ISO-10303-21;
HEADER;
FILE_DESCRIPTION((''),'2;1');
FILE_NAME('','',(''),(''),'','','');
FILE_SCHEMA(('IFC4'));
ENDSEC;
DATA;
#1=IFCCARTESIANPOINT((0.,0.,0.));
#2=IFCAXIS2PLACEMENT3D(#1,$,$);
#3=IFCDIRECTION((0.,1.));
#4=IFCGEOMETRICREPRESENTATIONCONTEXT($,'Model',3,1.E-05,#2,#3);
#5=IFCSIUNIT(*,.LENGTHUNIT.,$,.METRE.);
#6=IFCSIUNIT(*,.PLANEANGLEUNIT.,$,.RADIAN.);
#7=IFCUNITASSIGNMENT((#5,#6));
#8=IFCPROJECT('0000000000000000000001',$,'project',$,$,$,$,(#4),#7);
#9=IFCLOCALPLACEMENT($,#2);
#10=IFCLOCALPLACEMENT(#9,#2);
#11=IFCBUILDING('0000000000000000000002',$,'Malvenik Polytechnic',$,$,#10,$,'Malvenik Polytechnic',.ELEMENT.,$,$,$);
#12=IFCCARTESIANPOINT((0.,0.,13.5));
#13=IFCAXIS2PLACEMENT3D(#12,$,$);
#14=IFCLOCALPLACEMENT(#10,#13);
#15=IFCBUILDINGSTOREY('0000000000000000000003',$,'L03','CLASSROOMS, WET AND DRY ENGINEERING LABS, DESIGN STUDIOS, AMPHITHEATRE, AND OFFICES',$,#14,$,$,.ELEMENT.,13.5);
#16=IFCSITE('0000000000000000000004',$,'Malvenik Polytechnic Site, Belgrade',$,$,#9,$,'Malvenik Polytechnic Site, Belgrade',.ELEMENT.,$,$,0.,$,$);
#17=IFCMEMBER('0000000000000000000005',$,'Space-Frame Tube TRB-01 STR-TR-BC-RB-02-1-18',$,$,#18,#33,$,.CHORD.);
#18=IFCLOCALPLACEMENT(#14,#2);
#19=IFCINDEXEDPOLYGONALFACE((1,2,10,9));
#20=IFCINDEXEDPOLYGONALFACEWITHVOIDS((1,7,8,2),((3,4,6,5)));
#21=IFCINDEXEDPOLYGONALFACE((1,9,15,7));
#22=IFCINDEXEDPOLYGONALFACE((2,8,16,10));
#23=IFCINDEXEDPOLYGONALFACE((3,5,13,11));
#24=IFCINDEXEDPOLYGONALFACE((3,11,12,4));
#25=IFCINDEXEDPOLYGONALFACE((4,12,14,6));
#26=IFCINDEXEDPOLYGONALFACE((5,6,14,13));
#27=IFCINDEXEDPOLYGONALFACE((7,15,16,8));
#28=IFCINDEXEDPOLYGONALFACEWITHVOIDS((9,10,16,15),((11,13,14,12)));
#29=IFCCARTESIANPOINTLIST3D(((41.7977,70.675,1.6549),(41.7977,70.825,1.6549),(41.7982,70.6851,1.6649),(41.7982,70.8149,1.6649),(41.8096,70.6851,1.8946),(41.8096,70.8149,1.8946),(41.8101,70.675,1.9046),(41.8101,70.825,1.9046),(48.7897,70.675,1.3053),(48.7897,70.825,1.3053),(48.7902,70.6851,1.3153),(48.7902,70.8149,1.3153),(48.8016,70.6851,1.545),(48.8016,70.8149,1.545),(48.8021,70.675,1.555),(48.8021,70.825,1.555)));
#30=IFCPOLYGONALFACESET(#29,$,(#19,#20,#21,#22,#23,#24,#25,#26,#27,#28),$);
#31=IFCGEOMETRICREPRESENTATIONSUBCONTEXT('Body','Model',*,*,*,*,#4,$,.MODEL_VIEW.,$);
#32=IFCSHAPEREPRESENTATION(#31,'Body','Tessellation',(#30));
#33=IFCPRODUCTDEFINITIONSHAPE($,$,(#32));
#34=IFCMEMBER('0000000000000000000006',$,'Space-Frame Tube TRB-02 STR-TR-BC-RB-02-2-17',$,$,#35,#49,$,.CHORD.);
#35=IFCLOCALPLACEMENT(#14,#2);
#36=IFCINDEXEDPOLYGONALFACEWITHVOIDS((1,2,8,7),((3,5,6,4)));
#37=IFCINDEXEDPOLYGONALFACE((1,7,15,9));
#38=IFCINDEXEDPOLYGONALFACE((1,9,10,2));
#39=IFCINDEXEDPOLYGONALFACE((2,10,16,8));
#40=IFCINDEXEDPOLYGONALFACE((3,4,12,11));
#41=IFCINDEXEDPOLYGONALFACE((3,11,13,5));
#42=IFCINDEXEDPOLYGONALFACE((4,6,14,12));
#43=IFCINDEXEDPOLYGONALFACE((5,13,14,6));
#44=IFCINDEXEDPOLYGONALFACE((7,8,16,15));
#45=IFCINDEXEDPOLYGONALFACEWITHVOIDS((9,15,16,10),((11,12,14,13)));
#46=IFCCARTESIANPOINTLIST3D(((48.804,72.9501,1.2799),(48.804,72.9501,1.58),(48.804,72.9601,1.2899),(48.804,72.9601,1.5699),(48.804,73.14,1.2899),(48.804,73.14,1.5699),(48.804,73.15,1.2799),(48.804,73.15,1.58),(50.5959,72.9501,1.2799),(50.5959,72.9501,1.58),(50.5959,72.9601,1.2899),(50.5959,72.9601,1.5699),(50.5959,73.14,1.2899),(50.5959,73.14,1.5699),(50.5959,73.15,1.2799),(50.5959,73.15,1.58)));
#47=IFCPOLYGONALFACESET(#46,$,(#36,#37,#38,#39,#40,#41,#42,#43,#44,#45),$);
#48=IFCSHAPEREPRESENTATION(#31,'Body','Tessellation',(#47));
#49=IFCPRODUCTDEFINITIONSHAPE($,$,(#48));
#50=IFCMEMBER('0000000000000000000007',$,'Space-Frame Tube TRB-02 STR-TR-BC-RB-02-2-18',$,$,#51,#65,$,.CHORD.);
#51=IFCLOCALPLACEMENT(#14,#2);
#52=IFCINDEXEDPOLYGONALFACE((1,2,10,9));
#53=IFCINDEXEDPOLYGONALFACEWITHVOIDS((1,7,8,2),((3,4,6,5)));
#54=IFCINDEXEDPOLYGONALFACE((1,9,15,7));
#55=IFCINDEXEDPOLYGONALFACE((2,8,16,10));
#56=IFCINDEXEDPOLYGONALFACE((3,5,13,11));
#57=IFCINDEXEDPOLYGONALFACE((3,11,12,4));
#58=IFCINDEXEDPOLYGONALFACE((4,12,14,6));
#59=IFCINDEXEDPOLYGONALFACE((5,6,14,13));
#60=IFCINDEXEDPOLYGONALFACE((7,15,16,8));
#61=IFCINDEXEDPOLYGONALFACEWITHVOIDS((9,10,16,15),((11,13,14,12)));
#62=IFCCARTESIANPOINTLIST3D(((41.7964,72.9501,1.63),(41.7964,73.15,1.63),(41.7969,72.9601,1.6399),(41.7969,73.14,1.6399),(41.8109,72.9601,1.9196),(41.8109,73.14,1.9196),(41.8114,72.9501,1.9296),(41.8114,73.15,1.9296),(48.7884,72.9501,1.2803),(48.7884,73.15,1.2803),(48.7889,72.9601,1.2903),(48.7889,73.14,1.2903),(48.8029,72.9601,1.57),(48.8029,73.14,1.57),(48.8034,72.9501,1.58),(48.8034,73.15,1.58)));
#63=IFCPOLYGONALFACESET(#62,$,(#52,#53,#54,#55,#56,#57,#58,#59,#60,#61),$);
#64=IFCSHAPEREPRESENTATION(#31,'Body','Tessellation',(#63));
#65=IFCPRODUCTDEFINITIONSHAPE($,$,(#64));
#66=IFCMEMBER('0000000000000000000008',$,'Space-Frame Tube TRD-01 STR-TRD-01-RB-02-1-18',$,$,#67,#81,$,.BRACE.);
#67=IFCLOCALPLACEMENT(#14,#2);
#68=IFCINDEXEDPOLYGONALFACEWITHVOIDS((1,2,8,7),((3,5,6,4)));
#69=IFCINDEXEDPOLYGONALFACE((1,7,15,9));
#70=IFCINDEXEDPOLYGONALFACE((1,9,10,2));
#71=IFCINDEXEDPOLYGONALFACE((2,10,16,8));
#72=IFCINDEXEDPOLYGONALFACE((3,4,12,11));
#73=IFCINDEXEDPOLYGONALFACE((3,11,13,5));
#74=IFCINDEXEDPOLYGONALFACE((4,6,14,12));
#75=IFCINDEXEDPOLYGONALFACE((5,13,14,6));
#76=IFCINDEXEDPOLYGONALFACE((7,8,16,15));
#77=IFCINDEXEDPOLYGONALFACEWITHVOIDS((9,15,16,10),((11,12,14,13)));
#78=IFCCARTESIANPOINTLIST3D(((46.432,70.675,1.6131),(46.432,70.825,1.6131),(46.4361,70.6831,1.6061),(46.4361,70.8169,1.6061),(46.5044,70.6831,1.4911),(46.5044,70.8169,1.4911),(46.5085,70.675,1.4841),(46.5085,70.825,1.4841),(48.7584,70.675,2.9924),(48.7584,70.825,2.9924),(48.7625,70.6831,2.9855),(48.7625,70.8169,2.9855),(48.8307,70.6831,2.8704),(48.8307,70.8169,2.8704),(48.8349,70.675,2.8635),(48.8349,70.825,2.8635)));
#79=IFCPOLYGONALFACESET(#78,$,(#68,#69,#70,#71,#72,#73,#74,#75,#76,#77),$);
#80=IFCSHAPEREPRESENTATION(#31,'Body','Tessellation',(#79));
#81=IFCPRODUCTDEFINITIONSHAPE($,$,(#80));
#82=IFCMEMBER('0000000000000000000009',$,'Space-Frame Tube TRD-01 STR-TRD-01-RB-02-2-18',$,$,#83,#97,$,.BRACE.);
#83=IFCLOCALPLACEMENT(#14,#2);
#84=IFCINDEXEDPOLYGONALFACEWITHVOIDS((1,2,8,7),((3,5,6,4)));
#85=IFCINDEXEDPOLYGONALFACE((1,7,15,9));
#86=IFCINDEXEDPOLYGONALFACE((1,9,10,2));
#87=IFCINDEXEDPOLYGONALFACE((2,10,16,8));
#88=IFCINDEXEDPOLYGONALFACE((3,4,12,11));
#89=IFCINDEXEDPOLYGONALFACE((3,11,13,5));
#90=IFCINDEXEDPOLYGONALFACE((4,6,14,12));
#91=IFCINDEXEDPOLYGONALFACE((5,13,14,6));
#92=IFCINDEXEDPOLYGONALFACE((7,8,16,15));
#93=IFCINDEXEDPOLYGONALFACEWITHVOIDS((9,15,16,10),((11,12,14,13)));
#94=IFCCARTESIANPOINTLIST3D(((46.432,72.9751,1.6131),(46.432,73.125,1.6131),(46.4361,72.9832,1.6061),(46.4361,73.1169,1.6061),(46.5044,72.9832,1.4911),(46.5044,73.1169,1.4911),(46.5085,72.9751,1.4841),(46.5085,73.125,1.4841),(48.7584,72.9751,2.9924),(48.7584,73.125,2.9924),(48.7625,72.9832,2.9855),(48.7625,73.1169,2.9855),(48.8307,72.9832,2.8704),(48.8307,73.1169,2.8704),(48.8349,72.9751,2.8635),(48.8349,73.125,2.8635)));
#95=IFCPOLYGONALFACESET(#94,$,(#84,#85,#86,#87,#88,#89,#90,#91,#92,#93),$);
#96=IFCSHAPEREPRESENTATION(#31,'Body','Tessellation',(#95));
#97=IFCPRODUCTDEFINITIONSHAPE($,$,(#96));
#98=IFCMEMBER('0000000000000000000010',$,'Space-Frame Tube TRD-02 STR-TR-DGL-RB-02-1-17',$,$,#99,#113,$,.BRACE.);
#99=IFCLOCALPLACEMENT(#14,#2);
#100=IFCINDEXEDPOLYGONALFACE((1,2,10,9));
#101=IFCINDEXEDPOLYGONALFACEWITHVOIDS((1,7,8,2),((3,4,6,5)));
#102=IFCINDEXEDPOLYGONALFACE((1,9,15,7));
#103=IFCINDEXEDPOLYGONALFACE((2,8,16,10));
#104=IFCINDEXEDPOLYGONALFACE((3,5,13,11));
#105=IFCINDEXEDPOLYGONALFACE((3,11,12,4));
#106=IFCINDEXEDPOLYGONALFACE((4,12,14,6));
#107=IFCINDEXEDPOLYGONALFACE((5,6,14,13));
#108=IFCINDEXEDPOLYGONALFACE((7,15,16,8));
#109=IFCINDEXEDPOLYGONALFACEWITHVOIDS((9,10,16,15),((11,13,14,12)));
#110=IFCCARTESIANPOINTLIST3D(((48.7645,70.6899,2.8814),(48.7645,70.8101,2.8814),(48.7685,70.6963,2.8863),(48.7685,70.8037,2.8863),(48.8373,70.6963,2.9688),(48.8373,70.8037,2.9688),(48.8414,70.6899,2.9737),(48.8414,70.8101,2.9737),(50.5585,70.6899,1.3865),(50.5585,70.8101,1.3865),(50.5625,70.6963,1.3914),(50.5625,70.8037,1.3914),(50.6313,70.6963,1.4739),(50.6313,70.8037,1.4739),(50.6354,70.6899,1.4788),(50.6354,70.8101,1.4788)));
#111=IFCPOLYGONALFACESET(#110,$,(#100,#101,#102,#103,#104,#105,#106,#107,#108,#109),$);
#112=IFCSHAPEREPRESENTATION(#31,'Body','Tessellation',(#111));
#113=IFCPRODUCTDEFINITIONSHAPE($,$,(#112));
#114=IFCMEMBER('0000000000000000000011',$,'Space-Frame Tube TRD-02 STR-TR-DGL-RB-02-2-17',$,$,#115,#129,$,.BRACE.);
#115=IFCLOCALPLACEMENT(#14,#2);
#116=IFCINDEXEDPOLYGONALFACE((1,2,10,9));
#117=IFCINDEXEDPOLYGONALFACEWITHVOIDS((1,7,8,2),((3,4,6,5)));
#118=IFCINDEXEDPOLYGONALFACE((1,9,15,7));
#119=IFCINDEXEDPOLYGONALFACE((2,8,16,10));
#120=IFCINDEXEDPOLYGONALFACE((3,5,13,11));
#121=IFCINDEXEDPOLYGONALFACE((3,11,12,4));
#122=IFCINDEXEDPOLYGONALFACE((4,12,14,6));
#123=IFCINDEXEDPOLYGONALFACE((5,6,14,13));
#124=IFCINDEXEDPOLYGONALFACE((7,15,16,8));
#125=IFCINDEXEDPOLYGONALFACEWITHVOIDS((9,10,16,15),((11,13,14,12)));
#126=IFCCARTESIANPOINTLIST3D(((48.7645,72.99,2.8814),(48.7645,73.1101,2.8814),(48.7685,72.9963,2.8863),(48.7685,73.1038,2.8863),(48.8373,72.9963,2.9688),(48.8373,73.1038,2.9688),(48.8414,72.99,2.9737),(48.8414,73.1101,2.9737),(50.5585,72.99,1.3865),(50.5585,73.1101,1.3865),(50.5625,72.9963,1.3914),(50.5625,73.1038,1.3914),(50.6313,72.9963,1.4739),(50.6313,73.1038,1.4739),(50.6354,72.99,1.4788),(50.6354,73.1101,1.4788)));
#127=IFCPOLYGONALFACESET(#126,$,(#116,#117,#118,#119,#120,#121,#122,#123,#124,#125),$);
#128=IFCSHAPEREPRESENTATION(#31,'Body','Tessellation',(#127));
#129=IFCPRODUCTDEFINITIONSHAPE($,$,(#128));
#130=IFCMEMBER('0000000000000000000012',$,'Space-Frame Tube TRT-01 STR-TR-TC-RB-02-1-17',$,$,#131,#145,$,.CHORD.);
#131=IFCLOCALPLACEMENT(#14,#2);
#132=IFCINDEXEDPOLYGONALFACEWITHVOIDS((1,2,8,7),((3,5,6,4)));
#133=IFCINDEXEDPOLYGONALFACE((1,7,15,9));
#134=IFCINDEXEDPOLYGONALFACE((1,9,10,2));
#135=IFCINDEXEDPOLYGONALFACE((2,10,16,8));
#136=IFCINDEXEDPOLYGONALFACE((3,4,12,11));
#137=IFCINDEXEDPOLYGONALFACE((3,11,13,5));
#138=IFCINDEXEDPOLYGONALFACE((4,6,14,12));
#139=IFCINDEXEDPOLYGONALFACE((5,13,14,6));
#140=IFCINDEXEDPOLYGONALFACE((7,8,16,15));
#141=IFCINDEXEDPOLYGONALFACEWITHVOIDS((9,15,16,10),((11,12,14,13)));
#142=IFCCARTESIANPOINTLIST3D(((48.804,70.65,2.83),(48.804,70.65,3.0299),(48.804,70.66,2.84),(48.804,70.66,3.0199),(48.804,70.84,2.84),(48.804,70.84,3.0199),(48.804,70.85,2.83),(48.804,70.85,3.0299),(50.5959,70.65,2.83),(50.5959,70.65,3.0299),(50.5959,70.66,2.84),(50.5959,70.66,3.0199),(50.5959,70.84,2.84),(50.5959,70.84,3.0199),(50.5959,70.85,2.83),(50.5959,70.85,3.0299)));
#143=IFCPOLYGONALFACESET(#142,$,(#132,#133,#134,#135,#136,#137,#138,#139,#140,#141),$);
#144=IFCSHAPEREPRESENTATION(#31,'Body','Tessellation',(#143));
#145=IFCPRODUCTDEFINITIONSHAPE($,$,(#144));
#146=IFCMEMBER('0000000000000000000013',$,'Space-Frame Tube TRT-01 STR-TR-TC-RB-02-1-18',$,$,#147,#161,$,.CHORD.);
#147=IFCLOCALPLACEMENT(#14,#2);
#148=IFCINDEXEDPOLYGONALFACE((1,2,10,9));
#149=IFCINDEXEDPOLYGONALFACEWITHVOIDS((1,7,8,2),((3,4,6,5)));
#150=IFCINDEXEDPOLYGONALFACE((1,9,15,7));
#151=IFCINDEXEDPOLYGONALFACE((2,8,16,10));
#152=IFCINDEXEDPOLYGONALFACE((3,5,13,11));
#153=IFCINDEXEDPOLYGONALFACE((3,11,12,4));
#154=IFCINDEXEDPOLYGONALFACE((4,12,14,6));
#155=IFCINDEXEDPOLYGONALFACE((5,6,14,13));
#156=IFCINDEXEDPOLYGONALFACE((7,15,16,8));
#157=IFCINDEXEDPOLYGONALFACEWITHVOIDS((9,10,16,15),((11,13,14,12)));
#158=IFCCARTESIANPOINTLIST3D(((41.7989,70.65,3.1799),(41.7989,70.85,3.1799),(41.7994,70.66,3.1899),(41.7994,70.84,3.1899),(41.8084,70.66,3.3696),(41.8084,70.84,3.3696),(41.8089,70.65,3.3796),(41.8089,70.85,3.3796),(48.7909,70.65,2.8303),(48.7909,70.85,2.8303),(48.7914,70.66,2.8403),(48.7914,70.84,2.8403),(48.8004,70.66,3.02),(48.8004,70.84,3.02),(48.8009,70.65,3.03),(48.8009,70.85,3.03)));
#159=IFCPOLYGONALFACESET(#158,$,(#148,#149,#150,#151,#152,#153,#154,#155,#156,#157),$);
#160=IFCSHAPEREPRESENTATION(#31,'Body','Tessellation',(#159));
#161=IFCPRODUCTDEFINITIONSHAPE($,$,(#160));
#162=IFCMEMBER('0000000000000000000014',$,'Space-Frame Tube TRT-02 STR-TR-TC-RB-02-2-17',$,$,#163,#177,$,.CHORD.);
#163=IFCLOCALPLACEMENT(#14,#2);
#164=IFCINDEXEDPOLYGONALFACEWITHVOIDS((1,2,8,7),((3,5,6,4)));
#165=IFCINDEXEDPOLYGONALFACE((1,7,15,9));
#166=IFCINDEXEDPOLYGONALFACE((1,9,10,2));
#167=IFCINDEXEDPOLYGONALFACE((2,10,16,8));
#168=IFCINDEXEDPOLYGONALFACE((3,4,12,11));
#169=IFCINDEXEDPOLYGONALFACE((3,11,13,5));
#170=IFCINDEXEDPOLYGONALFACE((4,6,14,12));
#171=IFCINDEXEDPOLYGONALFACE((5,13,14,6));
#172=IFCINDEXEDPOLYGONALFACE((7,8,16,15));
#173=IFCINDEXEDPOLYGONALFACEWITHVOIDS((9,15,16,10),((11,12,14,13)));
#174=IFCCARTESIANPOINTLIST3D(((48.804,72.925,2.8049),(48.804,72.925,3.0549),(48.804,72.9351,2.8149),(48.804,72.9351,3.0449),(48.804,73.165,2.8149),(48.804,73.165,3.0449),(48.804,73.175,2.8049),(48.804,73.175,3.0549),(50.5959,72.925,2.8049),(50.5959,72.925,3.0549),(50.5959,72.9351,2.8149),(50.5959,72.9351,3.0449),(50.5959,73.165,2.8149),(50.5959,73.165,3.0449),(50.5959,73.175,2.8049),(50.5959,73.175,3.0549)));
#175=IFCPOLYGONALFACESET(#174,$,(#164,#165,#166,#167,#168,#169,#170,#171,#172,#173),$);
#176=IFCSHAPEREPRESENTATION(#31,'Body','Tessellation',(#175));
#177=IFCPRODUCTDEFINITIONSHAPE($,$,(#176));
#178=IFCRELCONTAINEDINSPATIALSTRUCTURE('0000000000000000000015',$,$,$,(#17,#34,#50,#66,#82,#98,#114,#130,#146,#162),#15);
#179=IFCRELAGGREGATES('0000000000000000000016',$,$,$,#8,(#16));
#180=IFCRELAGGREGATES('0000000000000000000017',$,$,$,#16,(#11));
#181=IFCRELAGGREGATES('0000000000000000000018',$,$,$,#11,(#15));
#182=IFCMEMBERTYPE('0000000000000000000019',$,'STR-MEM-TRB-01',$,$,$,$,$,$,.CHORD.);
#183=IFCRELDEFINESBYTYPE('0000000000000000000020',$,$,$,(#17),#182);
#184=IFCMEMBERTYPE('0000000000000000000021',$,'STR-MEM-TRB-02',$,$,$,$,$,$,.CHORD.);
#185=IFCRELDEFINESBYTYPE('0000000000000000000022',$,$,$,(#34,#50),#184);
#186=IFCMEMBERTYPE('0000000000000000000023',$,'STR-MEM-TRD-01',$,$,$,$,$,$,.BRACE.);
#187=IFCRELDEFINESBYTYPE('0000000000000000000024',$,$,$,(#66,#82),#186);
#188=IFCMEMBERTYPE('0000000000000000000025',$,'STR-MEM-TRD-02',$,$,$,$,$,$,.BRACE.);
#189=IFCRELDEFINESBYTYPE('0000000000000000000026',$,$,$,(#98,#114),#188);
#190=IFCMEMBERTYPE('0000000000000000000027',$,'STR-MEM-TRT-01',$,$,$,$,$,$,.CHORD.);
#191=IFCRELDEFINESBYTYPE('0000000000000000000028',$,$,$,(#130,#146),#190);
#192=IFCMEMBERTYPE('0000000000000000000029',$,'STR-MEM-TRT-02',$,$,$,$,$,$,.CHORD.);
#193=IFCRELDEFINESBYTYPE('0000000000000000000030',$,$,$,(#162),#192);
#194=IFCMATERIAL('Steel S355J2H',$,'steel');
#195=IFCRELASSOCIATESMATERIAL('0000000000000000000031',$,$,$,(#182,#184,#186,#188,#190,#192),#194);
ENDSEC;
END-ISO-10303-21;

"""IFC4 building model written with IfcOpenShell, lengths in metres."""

from ifc_helpers import new_model, si_unit, direction, frame, origin, origin_2d, place, context, subcontext, project, spatial, hollow_rectangle, extrude, material, material_profile, profile_set, type_object, element, save


model = new_model("IFC4")

# Units and contexts
model_context = context("Model", 3, precision=1e-05, world=origin(), true_north=direction((0.0, 1.0)))
body_context = subcontext(model_context, "Body", "Model", "MODEL_VIEW")
ifc_project = project(units=[si_unit("LENGTHUNIT", "METRE"), si_unit("PLANEANGLEUNIT", "RADIAN")], contexts=[model_context])

# Site, building, storey
site_placement = place(None, origin())
site = spatial("IfcSite", under=ifc_project, at=site_placement, Name="Malvenik Polytechnic Site, Belgrade", LongName="Malvenik Polytechnic Site, Belgrade", CompositionType="ELEMENT", RefElevation=0.0)
building_placement = place(site_placement, origin())
building = spatial("IfcBuilding", under=site, at=building_placement, Name="Malvenik Polytechnic", LongName="Malvenik Polytechnic", CompositionType="ELEMENT")
storey_placement = place(building_placement, frame((0.0, 0.0, 13.5)))
storey = spatial("IfcBuildingStorey", under=building, at=storey_placement, Name="L03", Description="CLASSROOMS, WET AND DRY ENGINEERING LABS, DESIGN STUDIOS, AMPHITHEATRE, AND OFFICES", CompositionType="ELEMENT", Elevation=13.5)

# Shared definitions
ifc_material_1 = material(Name="Steel S355J2H", Category="steel")

# Members
ifc_material_profile_1 = material_profile(ifc_material_1, hollow_rectangle(XDim=0.1499, YDim=0.25, WallThickness=0.01, at=origin_2d()), Name="RHS 250x150x10.0")
ifc_profile_set_1 = profile_set([ifc_material_profile_1], Name="Steel S355J2H")
member_type_1 = type_object("IfcMemberType", Name="STR-MEM-TRB-01", PredefinedType="CHORD", material=ifc_profile_set_1)
member_1_placement = place(storey_placement, frame((48.7959, 70.75, 1.4302), z_axis=(-0.998752, 0.0, 0.049939), x_axis=(0.0, -1.0, 0.0)))
element("IfcMember", 1, at=member_1_placement, inside=storey, type_object=member_type_1, Name="Space-Frame Tube TRB-01 STR-TR-BC-RB-02-1-18", PredefinedType="CHORD", context=body_context, shape_type="SweptSolid", body=[
    extrude(hollow_rectangle(XDim=0.1499, YDim=0.25, WallThickness=0.01, at=origin_2d()), origin(), (0.0, 0.0, 1.0), 7.0007),
])
ifc_material_profile_2 = material_profile(ifc_material_1, hollow_rectangle(XDim=0.2, YDim=0.3, WallThickness=0.01, at=origin_2d()), Name="RHS 300x200x10.0")
ifc_profile_set_2 = profile_set([ifc_material_profile_2], Name="Steel S355J2H")
member_type_2 = type_object("IfcMemberType", Name="STR-MEM-TRB-02", PredefinedType="CHORD", material=ifc_profile_set_2)
member_2_placement = place(storey_placement, frame((50.5959, 73.05, 1.4299), z_axis=(-1.0, 0.0, 0.0), x_axis=(0.0, -1.0, 0.0)))
element("IfcMember", 2, at=member_2_placement, inside=storey, type_object=member_type_2, Name="Space-Frame Tube TRB-02 STR-TR-BC-RB-02-2-17", PredefinedType="CHORD", context=body_context, shape_type="SweptSolid", body=[
    extrude(hollow_rectangle(XDim=0.2, YDim=0.3, WallThickness=0.01, at=origin_2d()), origin(), (0.0, 0.0, 1.0), 1.792),
])
member_3_placement = place(storey_placement, frame((48.7959, 73.05, 1.4302), z_axis=(-0.998752, 0.0, 0.049939), x_axis=(0.0, -1.0, 0.0)))
element("IfcMember", 3, at=member_3_placement, inside=storey, type_object=member_type_2, Name="Space-Frame Tube TRB-02 STR-TR-BC-RB-02-2-18", PredefinedType="CHORD", context=body_context, shape_type="SweptSolid", body=[
    extrude(hollow_rectangle(XDim=0.2, YDim=0.3, WallThickness=0.01, at=origin_2d()), origin(), (0.0, 0.0, 1.0), 7.0007),
])
ifc_material_profile_3 = material_profile(ifc_material_1, hollow_rectangle(XDim=0.1499, YDim=0.1499, WallThickness=0.0081, at=origin_2d()), Name="SHS 150x150x8.0")
ifc_profile_set_3 = profile_set([ifc_material_profile_3], Name="Steel S355J2H")
member_type_3 = type_object("IfcMemberType", Name="STR-MEM-TRD-01", PredefinedType="BRACE", material=ifc_profile_set_3)
for number, where, z_axis, x_axis, name in (
    (4, (48.7966, 70.75, 2.928), (-0.860165, 0.0, -0.510015), (0.0, -1.0, 0.0), "Space-Frame Tube TRD-01 STR-TRD-01-RB-02-1-18"),
    (5, (48.7966, 73.05, 2.928), (-0.860165, 0.0, -0.510015), (0.0, -1.0, 0.0), "Space-Frame Tube TRD-01 STR-TRD-01-RB-02-2-18"),
):
    element("IfcMember", number, at=place(storey_placement, frame(where, z_axis=z_axis, x_axis=x_axis)), inside=storey, type_object=member_type_3, Name=name, PredefinedType="BRACE", context=body_context, shape_type="SweptSolid", body=[
        extrude(hollow_rectangle(XDim=0.1499, YDim=0.1499, WallThickness=0.0081, at=origin_2d()), origin(), (0.0, 0.0, 1.0), 2.7046),
    ])
ifc_material_profile_4 = material_profile(ifc_material_1, hollow_rectangle(XDim=0.1201, YDim=0.1201, WallThickness=0.0063, at=origin_2d()), Name="SHS 120x120x6.3")
ifc_profile_set_4 = profile_set([ifc_material_profile_4], Name="Steel S355J2H")
member_type_4 = type_object("IfcMemberType", Name="STR-MEM-TRD-02", PredefinedType="BRACE", material=ifc_profile_set_4)
for number, where, z_axis, x_axis, name in (
    (6, (50.5969, 70.75, 1.4326), (-0.768238, 0.0, 0.640164), (0.0, -1.0, 0.0), "Space-Frame Tube TRD-02 STR-TR-DGL-RB-02-1-17"),
    (7, (50.5969, 73.05, 1.4326), (-0.768238, 0.0, 0.640164), (0.0, -1.0, 0.0), "Space-Frame Tube TRD-02 STR-TR-DGL-RB-02-2-17"),
):
    element("IfcMember", number, at=place(storey_placement, frame(where, z_axis=z_axis, x_axis=x_axis)), inside=storey, type_object=member_type_4, Name=name, PredefinedType="BRACE", context=body_context, shape_type="SweptSolid", body=[
        extrude(hollow_rectangle(XDim=0.1201, YDim=0.1201, WallThickness=0.0063, at=origin_2d()), origin(), (0.0, 0.0, 1.0), 2.3352),
    ])
ifc_material_profile_5 = material_profile(ifc_material_1, hollow_rectangle(XDim=0.2, YDim=0.2, WallThickness=0.01, at=origin_2d()), Name="SHS 200x200x10.0")
ifc_profile_set_5 = profile_set([ifc_material_profile_5], Name="Steel S355J2H")
member_type_5 = type_object("IfcMemberType", Name="STR-MEM-TRT-01", PredefinedType="CHORD", material=ifc_profile_set_5)
member_4_placement = place(storey_placement, frame((50.5959, 70.75, 2.9299), z_axis=(-1.0, 0.0, 0.0), x_axis=(0.0, -1.0, 0.0)))
element("IfcMember", 8, at=member_4_placement, inside=storey, type_object=member_type_5, Name="Space-Frame Tube TRT-01 STR-TR-TC-RB-02-1-17", PredefinedType="CHORD", context=body_context, shape_type="SweptSolid", body=[
    extrude(hollow_rectangle(XDim=0.2, YDim=0.2, WallThickness=0.01, at=origin_2d()), origin(), (0.0, 0.0, 1.0), 1.792),
])
member_5_placement = place(storey_placement, frame((48.7959, 70.75, 2.9302), z_axis=(-0.998752, 0.0, 0.049939), x_axis=(0.0, -1.0, 0.0)))
element("IfcMember", 9, at=member_5_placement, inside=storey, type_object=member_type_5, Name="Space-Frame Tube TRT-01 STR-TR-TC-RB-02-1-18", PredefinedType="CHORD", context=body_context, shape_type="SweptSolid", body=[
    extrude(hollow_rectangle(XDim=0.2, YDim=0.2, WallThickness=0.01, at=origin_2d()), origin(), (0.0, 0.0, 1.0), 7.0007),
])
ifc_material_profile_6 = material_profile(ifc_material_1, hollow_rectangle(XDim=0.25, YDim=0.25, WallThickness=0.01, at=origin_2d()), Name="SHS 250x250x10.0")
ifc_profile_set_6 = profile_set([ifc_material_profile_6], Name="Steel S355J2H")
member_type_6 = type_object("IfcMemberType", Name="STR-MEM-TRT-02", PredefinedType="CHORD", material=ifc_profile_set_6)
member_6_placement = place(storey_placement, frame((50.5959, 73.05, 2.9299), z_axis=(-1.0, 0.0, 0.0), x_axis=(0.0, -1.0, 0.0)))
element("IfcMember", 10, at=member_6_placement, inside=storey, type_object=member_type_6, Name="Space-Frame Tube TRT-02 STR-TR-TC-RB-02-2-17", PredefinedType="CHORD", context=body_context, shape_type="SweptSolid", body=[
    extrude(hollow_rectangle(XDim=0.25, YDim=0.25, WallThickness=0.01, at=origin_2d()), origin(), (0.0, 0.0, 1.0), 1.792),
])

save(model, "model.ifc")
